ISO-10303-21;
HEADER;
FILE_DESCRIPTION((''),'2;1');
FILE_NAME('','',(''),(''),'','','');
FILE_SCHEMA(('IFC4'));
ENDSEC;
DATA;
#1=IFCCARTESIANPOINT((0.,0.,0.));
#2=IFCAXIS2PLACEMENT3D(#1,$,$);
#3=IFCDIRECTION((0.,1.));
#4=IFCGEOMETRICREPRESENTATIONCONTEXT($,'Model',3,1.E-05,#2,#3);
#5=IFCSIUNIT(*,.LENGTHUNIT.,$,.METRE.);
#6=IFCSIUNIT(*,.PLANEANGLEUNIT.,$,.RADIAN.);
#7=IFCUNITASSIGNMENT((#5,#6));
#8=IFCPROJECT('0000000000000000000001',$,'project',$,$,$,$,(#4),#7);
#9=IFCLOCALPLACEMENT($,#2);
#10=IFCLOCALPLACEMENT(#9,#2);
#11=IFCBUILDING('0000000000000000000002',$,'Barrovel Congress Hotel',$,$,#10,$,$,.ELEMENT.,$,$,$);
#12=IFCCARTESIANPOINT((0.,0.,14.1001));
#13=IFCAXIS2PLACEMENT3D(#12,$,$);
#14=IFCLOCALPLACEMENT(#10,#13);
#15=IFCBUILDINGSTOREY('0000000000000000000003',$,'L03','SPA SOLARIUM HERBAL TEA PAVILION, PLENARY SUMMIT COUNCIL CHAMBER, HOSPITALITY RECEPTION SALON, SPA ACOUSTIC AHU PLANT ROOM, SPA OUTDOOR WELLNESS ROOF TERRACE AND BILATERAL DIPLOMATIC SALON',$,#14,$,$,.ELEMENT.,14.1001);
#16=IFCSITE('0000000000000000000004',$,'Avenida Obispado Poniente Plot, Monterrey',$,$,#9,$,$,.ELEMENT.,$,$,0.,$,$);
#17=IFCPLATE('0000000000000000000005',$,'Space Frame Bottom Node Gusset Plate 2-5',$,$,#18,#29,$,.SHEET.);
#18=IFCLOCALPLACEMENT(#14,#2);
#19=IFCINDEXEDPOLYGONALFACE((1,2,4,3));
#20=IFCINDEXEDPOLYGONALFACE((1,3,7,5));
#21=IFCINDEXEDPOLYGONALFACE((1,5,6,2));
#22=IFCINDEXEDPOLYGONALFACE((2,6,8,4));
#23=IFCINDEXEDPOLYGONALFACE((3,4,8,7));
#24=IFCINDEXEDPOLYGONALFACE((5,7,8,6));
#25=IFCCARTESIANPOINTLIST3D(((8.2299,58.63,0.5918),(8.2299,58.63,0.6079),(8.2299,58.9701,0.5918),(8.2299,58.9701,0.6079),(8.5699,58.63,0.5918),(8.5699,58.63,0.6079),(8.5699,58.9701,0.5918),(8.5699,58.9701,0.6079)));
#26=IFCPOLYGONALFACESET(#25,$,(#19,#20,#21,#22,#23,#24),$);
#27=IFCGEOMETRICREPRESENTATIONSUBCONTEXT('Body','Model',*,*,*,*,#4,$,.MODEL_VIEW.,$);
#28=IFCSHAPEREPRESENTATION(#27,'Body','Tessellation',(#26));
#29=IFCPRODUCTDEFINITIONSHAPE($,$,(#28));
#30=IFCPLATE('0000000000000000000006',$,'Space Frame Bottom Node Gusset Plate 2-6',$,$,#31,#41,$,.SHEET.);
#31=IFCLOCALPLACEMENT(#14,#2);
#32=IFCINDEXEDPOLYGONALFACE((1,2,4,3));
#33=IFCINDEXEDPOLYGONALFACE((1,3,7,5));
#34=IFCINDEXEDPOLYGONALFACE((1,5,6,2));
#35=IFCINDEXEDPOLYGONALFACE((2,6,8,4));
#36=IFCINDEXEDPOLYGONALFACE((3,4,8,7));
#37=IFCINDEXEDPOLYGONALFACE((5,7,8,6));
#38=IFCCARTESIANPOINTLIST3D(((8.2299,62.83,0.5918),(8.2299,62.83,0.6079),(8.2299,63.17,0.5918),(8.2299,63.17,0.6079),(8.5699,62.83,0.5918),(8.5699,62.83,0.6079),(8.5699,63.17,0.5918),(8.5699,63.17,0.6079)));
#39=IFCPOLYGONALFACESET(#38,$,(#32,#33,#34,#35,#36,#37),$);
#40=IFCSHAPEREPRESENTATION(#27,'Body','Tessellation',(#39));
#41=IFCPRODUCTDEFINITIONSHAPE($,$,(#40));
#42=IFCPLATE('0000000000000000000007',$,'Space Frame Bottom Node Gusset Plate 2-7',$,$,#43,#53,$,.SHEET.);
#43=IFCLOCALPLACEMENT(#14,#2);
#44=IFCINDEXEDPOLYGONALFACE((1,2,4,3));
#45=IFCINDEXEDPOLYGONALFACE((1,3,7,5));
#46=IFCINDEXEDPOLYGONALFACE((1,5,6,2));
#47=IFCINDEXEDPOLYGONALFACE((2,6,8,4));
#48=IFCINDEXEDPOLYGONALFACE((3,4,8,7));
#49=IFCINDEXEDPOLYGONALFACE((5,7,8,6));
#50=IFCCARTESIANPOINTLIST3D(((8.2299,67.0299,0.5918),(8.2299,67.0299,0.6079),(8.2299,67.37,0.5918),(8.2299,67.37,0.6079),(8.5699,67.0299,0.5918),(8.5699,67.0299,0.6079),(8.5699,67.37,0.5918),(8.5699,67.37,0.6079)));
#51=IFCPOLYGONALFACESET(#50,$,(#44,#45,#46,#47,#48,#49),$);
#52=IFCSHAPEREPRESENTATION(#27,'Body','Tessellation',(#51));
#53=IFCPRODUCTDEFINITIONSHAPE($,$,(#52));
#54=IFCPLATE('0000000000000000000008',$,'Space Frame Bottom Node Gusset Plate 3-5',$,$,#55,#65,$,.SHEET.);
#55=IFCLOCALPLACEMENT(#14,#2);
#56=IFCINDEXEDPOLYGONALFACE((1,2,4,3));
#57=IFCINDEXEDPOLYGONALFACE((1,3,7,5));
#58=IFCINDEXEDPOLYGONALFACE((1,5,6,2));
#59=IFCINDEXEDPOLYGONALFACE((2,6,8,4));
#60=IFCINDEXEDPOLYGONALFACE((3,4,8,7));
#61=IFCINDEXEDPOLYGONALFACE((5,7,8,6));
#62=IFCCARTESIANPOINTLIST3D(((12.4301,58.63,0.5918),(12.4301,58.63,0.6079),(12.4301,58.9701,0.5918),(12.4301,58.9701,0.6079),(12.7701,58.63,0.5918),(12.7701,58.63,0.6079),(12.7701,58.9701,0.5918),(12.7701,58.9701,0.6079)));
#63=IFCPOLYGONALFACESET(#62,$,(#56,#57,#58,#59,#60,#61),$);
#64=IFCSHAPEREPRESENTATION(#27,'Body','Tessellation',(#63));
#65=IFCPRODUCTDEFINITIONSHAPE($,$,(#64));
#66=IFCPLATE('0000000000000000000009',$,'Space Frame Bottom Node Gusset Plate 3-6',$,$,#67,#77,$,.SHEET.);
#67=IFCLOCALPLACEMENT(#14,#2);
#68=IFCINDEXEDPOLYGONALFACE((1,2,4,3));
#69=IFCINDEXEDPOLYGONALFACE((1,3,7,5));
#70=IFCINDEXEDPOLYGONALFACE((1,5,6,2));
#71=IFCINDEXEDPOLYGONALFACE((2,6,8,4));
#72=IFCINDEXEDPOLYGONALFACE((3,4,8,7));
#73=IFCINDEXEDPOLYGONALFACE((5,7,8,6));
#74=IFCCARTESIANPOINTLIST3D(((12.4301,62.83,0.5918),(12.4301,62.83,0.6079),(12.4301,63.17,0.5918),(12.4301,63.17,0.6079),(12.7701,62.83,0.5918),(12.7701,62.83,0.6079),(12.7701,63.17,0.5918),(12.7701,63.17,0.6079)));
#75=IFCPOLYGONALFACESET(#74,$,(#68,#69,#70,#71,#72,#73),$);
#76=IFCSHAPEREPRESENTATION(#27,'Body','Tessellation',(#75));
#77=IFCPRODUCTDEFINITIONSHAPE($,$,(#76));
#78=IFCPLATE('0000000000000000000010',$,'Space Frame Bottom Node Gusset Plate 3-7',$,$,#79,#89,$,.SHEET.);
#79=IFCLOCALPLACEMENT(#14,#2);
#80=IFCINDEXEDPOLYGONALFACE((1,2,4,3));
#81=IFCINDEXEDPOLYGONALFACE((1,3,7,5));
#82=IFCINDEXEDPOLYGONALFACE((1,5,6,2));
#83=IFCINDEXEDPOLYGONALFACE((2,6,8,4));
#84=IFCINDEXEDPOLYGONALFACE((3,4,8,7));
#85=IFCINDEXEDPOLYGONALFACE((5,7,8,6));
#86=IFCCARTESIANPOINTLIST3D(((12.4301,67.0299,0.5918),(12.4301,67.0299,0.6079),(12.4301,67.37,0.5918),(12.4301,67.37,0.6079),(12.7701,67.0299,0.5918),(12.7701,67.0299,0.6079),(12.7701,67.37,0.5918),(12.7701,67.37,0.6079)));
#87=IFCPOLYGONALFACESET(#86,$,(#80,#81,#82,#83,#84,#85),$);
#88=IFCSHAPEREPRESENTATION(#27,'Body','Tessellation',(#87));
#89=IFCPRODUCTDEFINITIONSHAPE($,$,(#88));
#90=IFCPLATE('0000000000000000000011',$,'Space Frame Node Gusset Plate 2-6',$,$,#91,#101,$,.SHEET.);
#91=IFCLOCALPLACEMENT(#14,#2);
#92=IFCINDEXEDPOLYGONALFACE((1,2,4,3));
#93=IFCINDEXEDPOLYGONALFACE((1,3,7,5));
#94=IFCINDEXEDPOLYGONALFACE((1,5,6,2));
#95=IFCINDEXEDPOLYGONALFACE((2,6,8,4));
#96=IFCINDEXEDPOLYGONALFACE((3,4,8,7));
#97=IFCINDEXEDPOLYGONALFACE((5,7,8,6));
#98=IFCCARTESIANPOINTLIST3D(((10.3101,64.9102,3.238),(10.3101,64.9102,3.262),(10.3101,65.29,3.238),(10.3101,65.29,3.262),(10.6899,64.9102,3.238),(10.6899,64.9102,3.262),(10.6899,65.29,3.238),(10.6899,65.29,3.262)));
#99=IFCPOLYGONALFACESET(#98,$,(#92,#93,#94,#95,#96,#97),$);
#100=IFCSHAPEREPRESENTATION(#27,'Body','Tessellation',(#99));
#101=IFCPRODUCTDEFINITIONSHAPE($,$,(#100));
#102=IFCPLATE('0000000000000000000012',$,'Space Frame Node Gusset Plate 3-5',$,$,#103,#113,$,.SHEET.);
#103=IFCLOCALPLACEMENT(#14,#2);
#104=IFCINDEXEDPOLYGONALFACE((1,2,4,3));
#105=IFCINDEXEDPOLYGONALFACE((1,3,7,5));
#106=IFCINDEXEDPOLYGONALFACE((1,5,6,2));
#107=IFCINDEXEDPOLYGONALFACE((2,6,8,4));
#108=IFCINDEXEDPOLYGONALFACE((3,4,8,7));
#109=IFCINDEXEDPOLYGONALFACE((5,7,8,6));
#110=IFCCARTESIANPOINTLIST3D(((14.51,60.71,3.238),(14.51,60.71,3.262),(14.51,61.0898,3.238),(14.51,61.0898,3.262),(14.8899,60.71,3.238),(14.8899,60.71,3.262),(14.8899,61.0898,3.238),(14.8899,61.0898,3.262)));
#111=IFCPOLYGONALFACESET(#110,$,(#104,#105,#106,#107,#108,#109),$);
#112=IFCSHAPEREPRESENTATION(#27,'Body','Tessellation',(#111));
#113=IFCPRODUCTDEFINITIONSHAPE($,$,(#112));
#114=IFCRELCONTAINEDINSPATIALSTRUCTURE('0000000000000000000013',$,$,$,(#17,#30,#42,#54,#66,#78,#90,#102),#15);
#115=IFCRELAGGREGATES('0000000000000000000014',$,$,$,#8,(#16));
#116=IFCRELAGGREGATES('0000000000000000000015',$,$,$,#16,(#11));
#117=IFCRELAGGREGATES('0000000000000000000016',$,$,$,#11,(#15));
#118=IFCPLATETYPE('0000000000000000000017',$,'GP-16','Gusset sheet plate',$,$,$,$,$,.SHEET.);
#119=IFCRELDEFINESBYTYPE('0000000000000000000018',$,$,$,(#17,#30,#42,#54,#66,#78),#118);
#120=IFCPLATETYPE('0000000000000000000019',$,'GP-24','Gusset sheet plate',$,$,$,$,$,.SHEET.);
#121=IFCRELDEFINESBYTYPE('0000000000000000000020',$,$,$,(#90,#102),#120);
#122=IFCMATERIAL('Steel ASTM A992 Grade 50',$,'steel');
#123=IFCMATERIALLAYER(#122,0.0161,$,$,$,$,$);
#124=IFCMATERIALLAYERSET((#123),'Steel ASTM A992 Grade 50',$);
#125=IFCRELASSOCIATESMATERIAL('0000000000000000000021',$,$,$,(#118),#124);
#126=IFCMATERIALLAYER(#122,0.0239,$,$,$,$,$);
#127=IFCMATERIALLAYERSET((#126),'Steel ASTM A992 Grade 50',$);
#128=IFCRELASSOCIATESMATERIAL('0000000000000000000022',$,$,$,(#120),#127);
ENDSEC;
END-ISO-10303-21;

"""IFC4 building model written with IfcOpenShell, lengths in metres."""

from ifc_helpers import new_model, si_unit, direction, frame, origin, origin_2d, place, context, subcontext, project, spatial, rectangle, extrude, material, layer, layer_set, type_object, element, save


model = new_model("IFC4")

# Units and contexts
model_context = context("Model", 3, precision=1e-05, world=origin(), true_north=direction((0.0, 1.0)))
body_context = subcontext(model_context, "Body", "Model", "MODEL_VIEW")
ifc_project = project(units=[si_unit("LENGTHUNIT", "METRE"), si_unit("PLANEANGLEUNIT", "RADIAN")], contexts=[model_context])

# Site, building, storey
site_placement = place(None, origin())
site = spatial("IfcSite", under=ifc_project, at=site_placement, Name="Avenida Obispado Poniente Plot, Monterrey", CompositionType="ELEMENT", RefElevation=0.0)
building_placement = place(site_placement, origin())
building = spatial("IfcBuilding", under=site, at=building_placement, Name="Barrovel Congress Hotel", CompositionType="ELEMENT")
storey_placement = place(building_placement, frame((0.0, 0.0, 14.1001)))
storey = spatial("IfcBuildingStorey", under=building, at=storey_placement, Name="L03", Description="SPA SOLARIUM HERBAL TEA PAVILION, PLENARY SUMMIT COUNCIL CHAMBER, HOSPITALITY RECEPTION SALON, SPA ACOUSTIC AHU PLANT ROOM, SPA OUTDOOR WELLNESS ROOF TERRACE AND BILATERAL DIPLOMATIC SALON", CompositionType="ELEMENT", Elevation=14.1001)

# Plates
ifc_material_1 = material(Name="Steel ASTM A992 Grade 50", Category="steel")
ifc_layer_1 = layer(ifc_material_1, 0.0161)
ifc_layer_set_1 = layer_set([ifc_layer_1], Name="Steel ASTM A992 Grade 50")
plate_type_1 = type_object("IfcPlateType", Name="GP-16", Description="Gusset sheet plate", PredefinedType="SHEET", material=ifc_layer_set_1)
for number, where, z_axis, x_axis, name in (
    (1, (8.3999, 58.8, 0.5918), (0.0, 0.0, 1.0), (1.0, 0.0, 0.0), "Space Frame Bottom Node Gusset Plate 2-5"),
    (2, (8.3999, 63.0, 0.5918), (0.0, 0.0, 1.0), (1.0, 0.0, 0.0), "Space Frame Bottom Node Gusset Plate 2-6"),
    (3, (8.3999, 67.2, 0.5918), (0.0, 0.0, 1.0), (1.0, 0.0, 0.0), "Space Frame Bottom Node Gusset Plate 2-7"),
    (4, (12.6001, 58.8, 0.5918), (0.0, 0.0, 1.0), (1.0, 0.0, 0.0), "Space Frame Bottom Node Gusset Plate 3-5"),
    (5, (12.6001, 63.0, 0.5918), (0.0, 0.0, 1.0), (1.0, 0.0, 0.0), "Space Frame Bottom Node Gusset Plate 3-6"),
    (6, (12.6001, 67.2, 0.5918), (0.0, 0.0, 1.0), (1.0, 0.0, 0.0), "Space Frame Bottom Node Gusset Plate 3-7"),
):
    element("IfcPlate", number, at=place(storey_placement, frame(where, z_axis=z_axis, x_axis=x_axis)), inside=storey, type_object=plate_type_1, Name=name, PredefinedType="SHEET", context=body_context, shape_type="SweptSolid", body=[
        extrude(rectangle(XDim=0.3401, YDim=0.3401, at=origin_2d()), origin(), (0.0, 0.0, 1.0), 0.0161),
    ])
ifc_layer_2 = layer(ifc_material_1, 0.0239)
ifc_layer_set_2 = layer_set([ifc_layer_2], Name="Steel ASTM A992 Grade 50")
plate_type_2 = type_object("IfcPlateType", Name="GP-24", Description="Gusset sheet plate", PredefinedType="SHEET", material=ifc_layer_set_2)
for number, where, z_axis, x_axis, name in (
    (7, (10.5, 65.1001, 3.238), (0.0, 0.0, 1.0), (1.0, 0.0, 0.0), "Space Frame Node Gusset Plate 2-6"),
    (8, (14.7, 60.8999, 3.238), (0.0, 0.0, 1.0), (1.0, 0.0, 0.0), "Space Frame Node Gusset Plate 3-5"),
):
    element("IfcPlate", number, at=place(storey_placement, frame(where, z_axis=z_axis, x_axis=x_axis)), inside=storey, type_object=plate_type_2, Name=name, PredefinedType="SHEET", context=body_context, shape_type="SweptSolid", body=[
        extrude(rectangle(XDim=0.3799, YDim=0.3799, at=origin_2d()), origin(), (0.0, 0.0, 1.0), 0.0239),
    ])

save(model, "model.ifc")
